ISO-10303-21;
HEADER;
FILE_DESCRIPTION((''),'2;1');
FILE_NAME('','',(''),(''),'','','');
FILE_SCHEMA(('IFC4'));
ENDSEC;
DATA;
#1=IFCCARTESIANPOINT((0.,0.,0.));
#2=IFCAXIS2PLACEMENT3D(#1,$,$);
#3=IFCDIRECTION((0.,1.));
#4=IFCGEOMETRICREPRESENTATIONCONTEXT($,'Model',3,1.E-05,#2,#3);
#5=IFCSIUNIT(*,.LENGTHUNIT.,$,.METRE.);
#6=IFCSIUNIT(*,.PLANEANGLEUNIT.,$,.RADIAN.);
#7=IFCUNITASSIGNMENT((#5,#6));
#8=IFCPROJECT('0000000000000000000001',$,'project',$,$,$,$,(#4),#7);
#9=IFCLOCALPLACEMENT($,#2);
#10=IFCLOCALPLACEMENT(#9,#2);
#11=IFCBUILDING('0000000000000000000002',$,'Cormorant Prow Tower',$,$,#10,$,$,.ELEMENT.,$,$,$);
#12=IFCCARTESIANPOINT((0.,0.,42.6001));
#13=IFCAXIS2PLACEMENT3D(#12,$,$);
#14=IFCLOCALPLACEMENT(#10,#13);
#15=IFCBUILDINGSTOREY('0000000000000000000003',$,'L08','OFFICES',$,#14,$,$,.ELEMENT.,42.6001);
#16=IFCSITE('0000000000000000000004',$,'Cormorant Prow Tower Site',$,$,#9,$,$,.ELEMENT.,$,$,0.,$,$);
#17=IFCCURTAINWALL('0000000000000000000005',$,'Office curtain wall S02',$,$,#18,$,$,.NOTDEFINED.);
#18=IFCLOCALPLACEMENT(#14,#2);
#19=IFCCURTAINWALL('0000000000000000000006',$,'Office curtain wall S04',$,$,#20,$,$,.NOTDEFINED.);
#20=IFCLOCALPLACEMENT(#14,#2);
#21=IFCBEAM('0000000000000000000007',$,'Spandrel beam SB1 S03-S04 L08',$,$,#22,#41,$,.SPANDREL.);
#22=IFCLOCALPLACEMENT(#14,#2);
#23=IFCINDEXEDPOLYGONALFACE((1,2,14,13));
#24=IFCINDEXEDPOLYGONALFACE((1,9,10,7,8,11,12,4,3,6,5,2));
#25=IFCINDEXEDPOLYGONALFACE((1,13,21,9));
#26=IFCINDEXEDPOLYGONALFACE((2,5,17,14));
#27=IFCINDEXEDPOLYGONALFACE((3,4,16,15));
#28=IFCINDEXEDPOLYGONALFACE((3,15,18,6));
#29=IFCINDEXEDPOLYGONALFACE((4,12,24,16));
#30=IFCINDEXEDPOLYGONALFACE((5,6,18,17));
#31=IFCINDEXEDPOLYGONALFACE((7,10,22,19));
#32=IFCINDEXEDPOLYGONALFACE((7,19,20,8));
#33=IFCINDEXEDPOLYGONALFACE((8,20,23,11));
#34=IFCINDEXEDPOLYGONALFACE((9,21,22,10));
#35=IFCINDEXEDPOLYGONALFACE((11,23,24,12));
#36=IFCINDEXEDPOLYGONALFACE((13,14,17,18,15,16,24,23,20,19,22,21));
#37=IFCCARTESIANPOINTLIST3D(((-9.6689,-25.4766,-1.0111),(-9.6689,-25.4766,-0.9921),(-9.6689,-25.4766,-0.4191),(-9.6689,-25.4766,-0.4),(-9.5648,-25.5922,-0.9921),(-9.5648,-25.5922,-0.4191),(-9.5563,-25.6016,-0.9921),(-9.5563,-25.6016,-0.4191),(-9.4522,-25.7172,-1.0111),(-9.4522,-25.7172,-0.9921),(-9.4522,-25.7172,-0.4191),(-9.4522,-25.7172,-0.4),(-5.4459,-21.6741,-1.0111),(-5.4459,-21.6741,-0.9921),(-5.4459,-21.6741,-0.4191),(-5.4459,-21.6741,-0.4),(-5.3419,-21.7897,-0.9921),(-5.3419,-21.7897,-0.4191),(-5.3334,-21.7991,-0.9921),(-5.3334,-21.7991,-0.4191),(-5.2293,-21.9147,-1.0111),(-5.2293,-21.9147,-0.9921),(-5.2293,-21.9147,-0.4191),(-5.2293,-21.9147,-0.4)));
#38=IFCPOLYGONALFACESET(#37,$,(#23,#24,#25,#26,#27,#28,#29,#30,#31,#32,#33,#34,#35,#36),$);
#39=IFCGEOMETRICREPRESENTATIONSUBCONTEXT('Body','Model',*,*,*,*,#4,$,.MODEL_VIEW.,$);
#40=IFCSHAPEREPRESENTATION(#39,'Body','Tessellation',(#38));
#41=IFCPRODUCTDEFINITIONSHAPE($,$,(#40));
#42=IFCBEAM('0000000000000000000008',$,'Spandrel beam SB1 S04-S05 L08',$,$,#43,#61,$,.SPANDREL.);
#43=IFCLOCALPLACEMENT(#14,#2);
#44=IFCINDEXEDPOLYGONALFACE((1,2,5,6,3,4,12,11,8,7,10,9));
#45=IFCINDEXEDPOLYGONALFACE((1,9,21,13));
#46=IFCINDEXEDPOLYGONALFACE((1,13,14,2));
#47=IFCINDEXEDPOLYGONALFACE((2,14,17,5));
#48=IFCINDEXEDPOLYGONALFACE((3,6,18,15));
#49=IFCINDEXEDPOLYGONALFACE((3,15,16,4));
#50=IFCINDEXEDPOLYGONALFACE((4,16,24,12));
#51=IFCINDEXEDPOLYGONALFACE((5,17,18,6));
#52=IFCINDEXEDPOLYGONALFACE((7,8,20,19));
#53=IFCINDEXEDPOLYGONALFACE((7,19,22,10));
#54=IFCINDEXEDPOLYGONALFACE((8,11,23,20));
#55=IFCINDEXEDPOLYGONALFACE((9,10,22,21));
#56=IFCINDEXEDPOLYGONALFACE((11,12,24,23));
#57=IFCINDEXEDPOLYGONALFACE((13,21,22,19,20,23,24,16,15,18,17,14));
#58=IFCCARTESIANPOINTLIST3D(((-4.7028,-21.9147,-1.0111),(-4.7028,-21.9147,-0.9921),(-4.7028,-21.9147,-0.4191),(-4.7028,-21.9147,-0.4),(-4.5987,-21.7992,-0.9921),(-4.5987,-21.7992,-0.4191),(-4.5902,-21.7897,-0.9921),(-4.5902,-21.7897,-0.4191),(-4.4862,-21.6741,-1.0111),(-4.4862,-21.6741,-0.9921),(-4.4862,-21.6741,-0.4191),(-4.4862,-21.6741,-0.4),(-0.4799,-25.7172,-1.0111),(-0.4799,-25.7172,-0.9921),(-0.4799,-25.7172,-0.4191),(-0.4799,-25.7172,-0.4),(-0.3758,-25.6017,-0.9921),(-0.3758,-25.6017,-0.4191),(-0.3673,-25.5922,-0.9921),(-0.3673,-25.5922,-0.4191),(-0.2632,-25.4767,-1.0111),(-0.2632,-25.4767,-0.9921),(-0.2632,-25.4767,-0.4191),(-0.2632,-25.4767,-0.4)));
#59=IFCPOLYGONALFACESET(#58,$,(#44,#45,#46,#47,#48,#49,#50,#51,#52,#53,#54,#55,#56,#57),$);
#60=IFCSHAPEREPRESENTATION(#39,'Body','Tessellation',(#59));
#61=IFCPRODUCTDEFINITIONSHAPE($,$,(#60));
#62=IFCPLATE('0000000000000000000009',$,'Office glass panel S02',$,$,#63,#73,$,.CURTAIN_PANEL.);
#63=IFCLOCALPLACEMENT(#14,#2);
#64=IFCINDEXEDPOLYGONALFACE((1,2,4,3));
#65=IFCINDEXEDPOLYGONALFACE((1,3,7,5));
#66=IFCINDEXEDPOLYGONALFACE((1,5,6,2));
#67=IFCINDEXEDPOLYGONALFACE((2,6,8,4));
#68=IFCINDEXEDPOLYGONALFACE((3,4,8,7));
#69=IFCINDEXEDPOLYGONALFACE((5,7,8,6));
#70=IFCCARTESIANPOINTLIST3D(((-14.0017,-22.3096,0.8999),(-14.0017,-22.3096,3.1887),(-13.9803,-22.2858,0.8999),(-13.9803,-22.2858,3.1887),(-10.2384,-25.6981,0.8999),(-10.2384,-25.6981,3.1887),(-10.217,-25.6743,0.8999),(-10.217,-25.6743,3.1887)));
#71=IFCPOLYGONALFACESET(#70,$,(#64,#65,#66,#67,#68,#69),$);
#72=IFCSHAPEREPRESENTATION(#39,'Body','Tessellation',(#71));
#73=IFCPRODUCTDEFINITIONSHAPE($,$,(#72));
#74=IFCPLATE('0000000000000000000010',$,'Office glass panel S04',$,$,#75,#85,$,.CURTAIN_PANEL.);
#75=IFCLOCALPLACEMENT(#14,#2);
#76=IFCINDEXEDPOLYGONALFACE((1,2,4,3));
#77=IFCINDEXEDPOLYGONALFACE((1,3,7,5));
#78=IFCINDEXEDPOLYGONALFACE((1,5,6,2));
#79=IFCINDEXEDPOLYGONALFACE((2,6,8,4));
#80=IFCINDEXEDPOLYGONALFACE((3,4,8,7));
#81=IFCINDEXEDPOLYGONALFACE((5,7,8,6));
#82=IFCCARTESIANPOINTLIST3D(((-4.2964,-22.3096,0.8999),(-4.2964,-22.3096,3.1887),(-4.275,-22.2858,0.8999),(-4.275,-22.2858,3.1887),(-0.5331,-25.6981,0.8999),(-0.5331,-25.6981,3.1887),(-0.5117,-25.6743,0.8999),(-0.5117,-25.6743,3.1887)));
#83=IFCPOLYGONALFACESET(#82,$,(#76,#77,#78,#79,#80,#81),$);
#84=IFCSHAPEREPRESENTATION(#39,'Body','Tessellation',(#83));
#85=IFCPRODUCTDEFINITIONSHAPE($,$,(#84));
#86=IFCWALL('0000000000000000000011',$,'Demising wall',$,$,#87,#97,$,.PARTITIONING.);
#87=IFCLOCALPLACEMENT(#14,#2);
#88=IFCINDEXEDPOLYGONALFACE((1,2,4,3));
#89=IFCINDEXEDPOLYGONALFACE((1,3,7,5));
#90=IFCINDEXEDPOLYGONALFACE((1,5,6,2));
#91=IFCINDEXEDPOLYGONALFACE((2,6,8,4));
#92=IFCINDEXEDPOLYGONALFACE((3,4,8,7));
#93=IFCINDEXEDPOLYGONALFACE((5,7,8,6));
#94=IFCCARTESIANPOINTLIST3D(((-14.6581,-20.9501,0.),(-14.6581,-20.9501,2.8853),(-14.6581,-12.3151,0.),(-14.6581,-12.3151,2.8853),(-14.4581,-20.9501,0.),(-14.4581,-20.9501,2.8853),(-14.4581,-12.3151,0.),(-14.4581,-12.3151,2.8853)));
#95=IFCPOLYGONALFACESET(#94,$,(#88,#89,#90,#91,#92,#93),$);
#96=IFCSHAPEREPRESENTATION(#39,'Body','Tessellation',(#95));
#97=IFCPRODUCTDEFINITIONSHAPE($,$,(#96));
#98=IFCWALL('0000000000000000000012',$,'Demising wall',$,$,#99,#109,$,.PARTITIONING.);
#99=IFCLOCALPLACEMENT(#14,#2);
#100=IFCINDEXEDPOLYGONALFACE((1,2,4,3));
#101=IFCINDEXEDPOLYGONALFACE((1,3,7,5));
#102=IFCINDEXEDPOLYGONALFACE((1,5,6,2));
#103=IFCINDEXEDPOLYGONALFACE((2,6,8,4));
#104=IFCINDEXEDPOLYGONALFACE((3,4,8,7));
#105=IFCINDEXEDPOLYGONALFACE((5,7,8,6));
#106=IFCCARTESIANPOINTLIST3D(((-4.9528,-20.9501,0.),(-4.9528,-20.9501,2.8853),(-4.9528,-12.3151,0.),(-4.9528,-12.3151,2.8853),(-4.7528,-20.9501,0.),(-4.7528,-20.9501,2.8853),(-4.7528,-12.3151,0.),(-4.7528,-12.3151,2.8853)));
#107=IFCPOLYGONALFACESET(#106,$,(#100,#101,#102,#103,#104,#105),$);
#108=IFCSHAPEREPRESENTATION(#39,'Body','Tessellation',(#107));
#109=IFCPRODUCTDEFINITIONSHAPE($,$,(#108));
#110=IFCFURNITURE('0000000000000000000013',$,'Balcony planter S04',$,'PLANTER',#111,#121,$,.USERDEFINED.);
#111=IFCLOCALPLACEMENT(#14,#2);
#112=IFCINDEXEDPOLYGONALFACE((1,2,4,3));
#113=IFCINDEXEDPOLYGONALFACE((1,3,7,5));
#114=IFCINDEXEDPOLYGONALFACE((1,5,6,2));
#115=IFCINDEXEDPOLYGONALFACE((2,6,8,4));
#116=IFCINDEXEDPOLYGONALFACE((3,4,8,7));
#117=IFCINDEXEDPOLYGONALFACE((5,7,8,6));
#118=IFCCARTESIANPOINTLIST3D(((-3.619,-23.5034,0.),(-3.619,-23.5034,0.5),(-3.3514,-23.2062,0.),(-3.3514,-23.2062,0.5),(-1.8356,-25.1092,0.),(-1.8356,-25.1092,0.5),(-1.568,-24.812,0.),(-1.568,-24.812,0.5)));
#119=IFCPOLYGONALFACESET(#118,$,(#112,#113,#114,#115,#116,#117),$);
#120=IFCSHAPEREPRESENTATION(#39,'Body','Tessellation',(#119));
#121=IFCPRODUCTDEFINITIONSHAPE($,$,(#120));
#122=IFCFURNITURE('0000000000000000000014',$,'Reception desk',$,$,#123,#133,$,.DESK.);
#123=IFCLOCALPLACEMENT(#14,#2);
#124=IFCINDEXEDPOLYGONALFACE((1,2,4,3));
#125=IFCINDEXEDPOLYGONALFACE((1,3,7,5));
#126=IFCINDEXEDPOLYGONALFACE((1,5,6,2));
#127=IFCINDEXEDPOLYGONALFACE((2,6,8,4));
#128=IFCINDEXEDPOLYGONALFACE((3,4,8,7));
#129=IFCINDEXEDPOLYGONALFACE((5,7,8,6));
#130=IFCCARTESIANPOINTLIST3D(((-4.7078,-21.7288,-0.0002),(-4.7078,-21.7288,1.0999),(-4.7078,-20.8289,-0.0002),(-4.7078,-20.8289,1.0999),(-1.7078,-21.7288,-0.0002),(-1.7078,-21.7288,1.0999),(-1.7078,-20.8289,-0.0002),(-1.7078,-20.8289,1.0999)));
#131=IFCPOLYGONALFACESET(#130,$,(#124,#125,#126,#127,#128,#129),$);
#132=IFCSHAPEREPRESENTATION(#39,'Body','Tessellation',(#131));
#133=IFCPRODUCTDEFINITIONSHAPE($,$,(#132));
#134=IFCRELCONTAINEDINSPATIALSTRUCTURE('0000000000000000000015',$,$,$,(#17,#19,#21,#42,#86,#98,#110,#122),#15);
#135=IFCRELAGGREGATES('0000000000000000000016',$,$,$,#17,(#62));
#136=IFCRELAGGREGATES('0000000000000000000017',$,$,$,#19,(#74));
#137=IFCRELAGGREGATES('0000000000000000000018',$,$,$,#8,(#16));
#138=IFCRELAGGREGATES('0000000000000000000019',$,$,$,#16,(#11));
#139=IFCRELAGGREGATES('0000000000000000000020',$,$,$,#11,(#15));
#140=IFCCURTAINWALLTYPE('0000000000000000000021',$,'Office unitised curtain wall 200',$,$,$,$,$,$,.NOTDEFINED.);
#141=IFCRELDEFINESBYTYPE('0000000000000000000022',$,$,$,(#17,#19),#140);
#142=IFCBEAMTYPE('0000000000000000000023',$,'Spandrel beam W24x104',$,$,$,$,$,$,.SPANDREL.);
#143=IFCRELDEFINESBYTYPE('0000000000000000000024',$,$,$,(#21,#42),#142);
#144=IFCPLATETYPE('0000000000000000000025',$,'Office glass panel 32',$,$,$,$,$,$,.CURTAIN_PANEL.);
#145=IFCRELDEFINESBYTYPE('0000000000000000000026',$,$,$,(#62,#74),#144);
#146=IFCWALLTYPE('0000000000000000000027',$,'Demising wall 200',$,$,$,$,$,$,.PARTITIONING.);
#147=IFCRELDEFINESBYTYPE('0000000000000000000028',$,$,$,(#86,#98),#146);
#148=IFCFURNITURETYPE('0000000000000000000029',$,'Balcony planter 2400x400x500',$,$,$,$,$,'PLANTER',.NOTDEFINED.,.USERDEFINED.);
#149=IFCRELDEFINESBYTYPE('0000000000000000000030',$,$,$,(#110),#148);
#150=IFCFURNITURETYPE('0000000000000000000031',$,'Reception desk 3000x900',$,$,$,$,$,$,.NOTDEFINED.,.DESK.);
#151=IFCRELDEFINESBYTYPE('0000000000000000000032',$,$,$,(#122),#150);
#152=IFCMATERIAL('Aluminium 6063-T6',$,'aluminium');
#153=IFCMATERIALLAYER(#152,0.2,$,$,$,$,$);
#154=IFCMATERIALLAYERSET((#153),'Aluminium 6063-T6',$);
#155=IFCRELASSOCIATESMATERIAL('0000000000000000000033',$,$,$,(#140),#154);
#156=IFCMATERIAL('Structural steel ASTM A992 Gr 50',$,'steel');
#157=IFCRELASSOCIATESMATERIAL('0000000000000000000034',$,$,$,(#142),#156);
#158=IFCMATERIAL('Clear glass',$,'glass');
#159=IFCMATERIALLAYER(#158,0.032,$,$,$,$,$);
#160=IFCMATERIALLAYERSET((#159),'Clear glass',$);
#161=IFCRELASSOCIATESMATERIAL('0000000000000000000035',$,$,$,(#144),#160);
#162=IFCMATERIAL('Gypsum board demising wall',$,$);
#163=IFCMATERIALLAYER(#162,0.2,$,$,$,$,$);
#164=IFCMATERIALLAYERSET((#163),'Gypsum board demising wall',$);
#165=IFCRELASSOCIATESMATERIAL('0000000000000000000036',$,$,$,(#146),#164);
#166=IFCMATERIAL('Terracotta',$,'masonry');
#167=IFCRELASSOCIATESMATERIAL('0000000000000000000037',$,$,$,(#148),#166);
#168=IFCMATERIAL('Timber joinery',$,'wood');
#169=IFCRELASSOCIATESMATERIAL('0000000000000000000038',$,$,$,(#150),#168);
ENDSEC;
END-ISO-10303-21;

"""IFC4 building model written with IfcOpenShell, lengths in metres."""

from ifc_helpers import new_model, si_unit, direction, frame, frame_2d, origin, origin_2d, place, context, subcontext, project, spatial, rectangle, i_section, extrude, material, layer, layer_set, material_profile, profile_set, type_object, element, aggregate, save


model = new_model("IFC4")

# Units and contexts
model_context = context("Model", 3, precision=1e-05, world=origin(), true_north=direction((0.0, 1.0)))
body_context = subcontext(model_context, "Body", "Model", "MODEL_VIEW")
ifc_project = project(units=[si_unit("LENGTHUNIT", "METRE"), si_unit("PLANEANGLEUNIT", "RADIAN")], contexts=[model_context])

# Site, building, storey
site_placement = place(None, origin())
site = spatial("IfcSite", under=ifc_project, at=site_placement, Name="Cormorant Prow Tower Site", CompositionType="ELEMENT", RefElevation=0.0)
building_placement = place(site_placement, origin())
building = spatial("IfcBuilding", under=site, at=building_placement, Name="Cormorant Prow Tower", CompositionType="ELEMENT")
storey_placement = place(building_placement, frame((0.0, 0.0, 42.6001)))
storey = spatial("IfcBuildingStorey", under=building, at=storey_placement, Name="L08", Description="OFFICES", CompositionType="ELEMENT", Elevation=42.6001)

# Curtain walls
ifc_material_1 = material(Name="Aluminium 6063-T6", Category="aluminium")
ifc_layer_1 = layer(ifc_material_1, 0.2)
ifc_layer_set_1 = layer_set([ifc_layer_1], Name="Aluminium 6063-T6")
curtain_wall_type = type_object("IfcCurtainWallType", Name="Office unitised curtain wall 200", PredefinedType="NOTDEFINED", material=ifc_layer_set_1)
curtain_wall_1_placement = place(storey_placement, origin())
curtain_wall_1 = element("IfcCurtainWall", 1, at=curtain_wall_1_placement, inside=storey, type_object=curtain_wall_type, Name="Office curtain wall S02", PredefinedType="NOTDEFINED")
curtain_wall_2_placement = place(storey_placement, origin())
curtain_wall_2 = element("IfcCurtainWall", 2, at=curtain_wall_2_placement, inside=storey, type_object=curtain_wall_type, Name="Office curtain wall S04", PredefinedType="NOTDEFINED")

# Beams
ifc_material_2 = material(Name="Structural steel ASTM A992 Gr 50", Category="steel")
ifc_material_profile_1 = material_profile(ifc_material_2, i_section(OverallWidth=0.3237, OverallDepth=0.6111, WebThickness=0.0127, FlangeThickness=0.019, at=origin_2d()), Name="W24x104")
ifc_profile_set_1 = profile_set([ifc_material_profile_1], Name="Structural steel ASTM A992 Gr 50")
beam_type_1 = type_object("IfcBeamType", Name="Spandrel beam W24x104", PredefinedType="SPANDREL", material=ifc_profile_set_1)
for number, where, z_axis, x_axis, name in (
    (3, (-9.5605, -25.5969, -0.7056), (0.74313, 0.669147, 0.0), (-0.669147, 0.74313, 0.0), "Spandrel beam SB1 S03-S04 L08"),
    (4, (-4.5945, -21.7944, -0.7056), (0.74313, -0.669147, 0.0), (0.669147, 0.74313, 0.0), "Spandrel beam SB1 S04-S05 L08"),
):
    element("IfcBeam", number, at=place(storey_placement, frame(where, z_axis=z_axis, x_axis=x_axis)), inside=storey, type_object=beam_type_1, Name=name, PredefinedType="SPANDREL", context=body_context, shape_type="SweptSolid", body=[
        extrude(i_section(OverallWidth=0.3237, OverallDepth=0.6111, WebThickness=0.0127, FlangeThickness=0.019, at=origin_2d()), origin(), (0.0, 0.0, 1.0), 5.6826),
    ])

# Plates
ifc_material_3 = material(Name="Clear glass", Category="glass")
ifc_layer_2 = layer(ifc_material_3, 0.032)
ifc_layer_set_2 = layer_set([ifc_layer_2], Name="Clear glass")
plate_type = type_object("IfcPlateType", Name="Office glass panel 32", PredefinedType="CURTAIN_PANEL", material=ifc_layer_set_2)
plate_1_placement = place(storey_placement, frame((-12.1094, -23.9919, 0.8999), z_axis=(0.0, 0.0, 1.0), x_axis=(0.743145, -0.669131, 0.0)))
plate_1 = element("IfcPlate", 5, at=plate_1_placement, type_object=plate_type, Name="Office glass panel S02", PredefinedType="CURTAIN_PANEL", context=body_context, shape_type="SweptSolid", body=[
    extrude(rectangle(XDim=5.064, YDim=0.032, at=origin_2d()), origin(), (0.0, 0.0, 1.0), 2.2888),
])
aggregate(curtain_wall_1, [plate_1])
plate_2_placement = place(storey_placement, frame((-2.4041, -23.9919, 0.8999), z_axis=(0.0, 0.0, 1.0), x_axis=(0.743145, -0.669131, 0.0)))
plate_2 = element("IfcPlate", 6, at=plate_2_placement, type_object=plate_type, Name="Office glass panel S04", PredefinedType="CURTAIN_PANEL", context=body_context, shape_type="SweptSolid", body=[
    extrude(rectangle(XDim=5.064, YDim=0.032, at=origin_2d()), origin(), (0.0, 0.0, 1.0), 2.2888),
])
aggregate(curtain_wall_2, [plate_2])

# Walls
ifc_material_4 = material(Name="Gypsum board demising wall")
ifc_layer_3 = layer(ifc_material_4, 0.2)
ifc_layer_set_3 = layer_set([ifc_layer_3], Name="Gypsum board demising wall")
wall_type_1 = type_object("IfcWallType", Name="Demising wall 200", PredefinedType="PARTITIONING", material=ifc_layer_set_3)
for number, where, z_axis, x_axis, name in (
    (7, (-14.5581, -20.95, 0.0), (0.0, 0.0, 1.0), (0.0, 1.0, 0.0), "Demising wall"),
    (8, (-4.8528, -20.95, 0.0), (0.0, 0.0, 1.0), (0.0, 1.0, 0.0), "Demising wall"),
):
    element("IfcWall", number, at=place(storey_placement, frame(where, z_axis=z_axis, x_axis=x_axis)), inside=storey, type_object=wall_type_1, Name=name, PredefinedType="PARTITIONING", context=body_context, shape_type="SweptSolid", body=[
        extrude(rectangle(XDim=8.635, YDim=0.2, at=frame_2d((4.3174, 0.0))), origin(), (0.0, 0.0, 1.0), 2.8853),
    ])

# Furniture
ifc_material_5 = material(Name="Terracotta", Category="masonry")
furniture_type_1 = type_object("IfcFurnitureType", Name="Balcony planter 2400x400x500", ElementType="PLANTER", AssemblyPlace="NOTDEFINED", PredefinedType="USERDEFINED", material=ifc_material_5)
furniture_1_placement = place(storey_placement, frame((-2.5935, -24.1577, 0.0), z_axis=(0.0, 0.0, 1.0), x_axis=(0.743145, -0.669131, 0.0)))
element("IfcFurniture", 9, at=furniture_1_placement, inside=storey, type_object=furniture_type_1, Name="Balcony planter S04", ObjectType="PLANTER", PredefinedType="USERDEFINED", context=body_context, shape_type="SweptSolid", body=[
    extrude(rectangle(XDim=2.3999, YDim=0.3999, at=origin_2d()), origin(), (0.0, 0.0, 1.0), 0.5),
])
ifc_material_6 = material(Name="Timber joinery", Category="wood")
furniture_type_2 = type_object("IfcFurnitureType", Name="Reception desk 3000x900", AssemblyPlace="NOTDEFINED", PredefinedType="DESK", material=ifc_material_6)
furniture_2_placement = place(storey_placement, frame((-3.2078, -21.2788, -0.0002), z_axis=(0.0, 0.0, 1.0), x_axis=(1.0, 0.0, 0.0)))
element("IfcFurniture", 10, at=furniture_2_placement, inside=storey, type_object=furniture_type_2, Name="Reception desk", PredefinedType="DESK", context=body_context, shape_type="SweptSolid", body=[
    extrude(rectangle(XDim=3.0, YDim=0.8999, at=origin_2d()), origin(), (0.0, 0.0, 1.0), 1.1001),
])

save(model, "model.ifc")
